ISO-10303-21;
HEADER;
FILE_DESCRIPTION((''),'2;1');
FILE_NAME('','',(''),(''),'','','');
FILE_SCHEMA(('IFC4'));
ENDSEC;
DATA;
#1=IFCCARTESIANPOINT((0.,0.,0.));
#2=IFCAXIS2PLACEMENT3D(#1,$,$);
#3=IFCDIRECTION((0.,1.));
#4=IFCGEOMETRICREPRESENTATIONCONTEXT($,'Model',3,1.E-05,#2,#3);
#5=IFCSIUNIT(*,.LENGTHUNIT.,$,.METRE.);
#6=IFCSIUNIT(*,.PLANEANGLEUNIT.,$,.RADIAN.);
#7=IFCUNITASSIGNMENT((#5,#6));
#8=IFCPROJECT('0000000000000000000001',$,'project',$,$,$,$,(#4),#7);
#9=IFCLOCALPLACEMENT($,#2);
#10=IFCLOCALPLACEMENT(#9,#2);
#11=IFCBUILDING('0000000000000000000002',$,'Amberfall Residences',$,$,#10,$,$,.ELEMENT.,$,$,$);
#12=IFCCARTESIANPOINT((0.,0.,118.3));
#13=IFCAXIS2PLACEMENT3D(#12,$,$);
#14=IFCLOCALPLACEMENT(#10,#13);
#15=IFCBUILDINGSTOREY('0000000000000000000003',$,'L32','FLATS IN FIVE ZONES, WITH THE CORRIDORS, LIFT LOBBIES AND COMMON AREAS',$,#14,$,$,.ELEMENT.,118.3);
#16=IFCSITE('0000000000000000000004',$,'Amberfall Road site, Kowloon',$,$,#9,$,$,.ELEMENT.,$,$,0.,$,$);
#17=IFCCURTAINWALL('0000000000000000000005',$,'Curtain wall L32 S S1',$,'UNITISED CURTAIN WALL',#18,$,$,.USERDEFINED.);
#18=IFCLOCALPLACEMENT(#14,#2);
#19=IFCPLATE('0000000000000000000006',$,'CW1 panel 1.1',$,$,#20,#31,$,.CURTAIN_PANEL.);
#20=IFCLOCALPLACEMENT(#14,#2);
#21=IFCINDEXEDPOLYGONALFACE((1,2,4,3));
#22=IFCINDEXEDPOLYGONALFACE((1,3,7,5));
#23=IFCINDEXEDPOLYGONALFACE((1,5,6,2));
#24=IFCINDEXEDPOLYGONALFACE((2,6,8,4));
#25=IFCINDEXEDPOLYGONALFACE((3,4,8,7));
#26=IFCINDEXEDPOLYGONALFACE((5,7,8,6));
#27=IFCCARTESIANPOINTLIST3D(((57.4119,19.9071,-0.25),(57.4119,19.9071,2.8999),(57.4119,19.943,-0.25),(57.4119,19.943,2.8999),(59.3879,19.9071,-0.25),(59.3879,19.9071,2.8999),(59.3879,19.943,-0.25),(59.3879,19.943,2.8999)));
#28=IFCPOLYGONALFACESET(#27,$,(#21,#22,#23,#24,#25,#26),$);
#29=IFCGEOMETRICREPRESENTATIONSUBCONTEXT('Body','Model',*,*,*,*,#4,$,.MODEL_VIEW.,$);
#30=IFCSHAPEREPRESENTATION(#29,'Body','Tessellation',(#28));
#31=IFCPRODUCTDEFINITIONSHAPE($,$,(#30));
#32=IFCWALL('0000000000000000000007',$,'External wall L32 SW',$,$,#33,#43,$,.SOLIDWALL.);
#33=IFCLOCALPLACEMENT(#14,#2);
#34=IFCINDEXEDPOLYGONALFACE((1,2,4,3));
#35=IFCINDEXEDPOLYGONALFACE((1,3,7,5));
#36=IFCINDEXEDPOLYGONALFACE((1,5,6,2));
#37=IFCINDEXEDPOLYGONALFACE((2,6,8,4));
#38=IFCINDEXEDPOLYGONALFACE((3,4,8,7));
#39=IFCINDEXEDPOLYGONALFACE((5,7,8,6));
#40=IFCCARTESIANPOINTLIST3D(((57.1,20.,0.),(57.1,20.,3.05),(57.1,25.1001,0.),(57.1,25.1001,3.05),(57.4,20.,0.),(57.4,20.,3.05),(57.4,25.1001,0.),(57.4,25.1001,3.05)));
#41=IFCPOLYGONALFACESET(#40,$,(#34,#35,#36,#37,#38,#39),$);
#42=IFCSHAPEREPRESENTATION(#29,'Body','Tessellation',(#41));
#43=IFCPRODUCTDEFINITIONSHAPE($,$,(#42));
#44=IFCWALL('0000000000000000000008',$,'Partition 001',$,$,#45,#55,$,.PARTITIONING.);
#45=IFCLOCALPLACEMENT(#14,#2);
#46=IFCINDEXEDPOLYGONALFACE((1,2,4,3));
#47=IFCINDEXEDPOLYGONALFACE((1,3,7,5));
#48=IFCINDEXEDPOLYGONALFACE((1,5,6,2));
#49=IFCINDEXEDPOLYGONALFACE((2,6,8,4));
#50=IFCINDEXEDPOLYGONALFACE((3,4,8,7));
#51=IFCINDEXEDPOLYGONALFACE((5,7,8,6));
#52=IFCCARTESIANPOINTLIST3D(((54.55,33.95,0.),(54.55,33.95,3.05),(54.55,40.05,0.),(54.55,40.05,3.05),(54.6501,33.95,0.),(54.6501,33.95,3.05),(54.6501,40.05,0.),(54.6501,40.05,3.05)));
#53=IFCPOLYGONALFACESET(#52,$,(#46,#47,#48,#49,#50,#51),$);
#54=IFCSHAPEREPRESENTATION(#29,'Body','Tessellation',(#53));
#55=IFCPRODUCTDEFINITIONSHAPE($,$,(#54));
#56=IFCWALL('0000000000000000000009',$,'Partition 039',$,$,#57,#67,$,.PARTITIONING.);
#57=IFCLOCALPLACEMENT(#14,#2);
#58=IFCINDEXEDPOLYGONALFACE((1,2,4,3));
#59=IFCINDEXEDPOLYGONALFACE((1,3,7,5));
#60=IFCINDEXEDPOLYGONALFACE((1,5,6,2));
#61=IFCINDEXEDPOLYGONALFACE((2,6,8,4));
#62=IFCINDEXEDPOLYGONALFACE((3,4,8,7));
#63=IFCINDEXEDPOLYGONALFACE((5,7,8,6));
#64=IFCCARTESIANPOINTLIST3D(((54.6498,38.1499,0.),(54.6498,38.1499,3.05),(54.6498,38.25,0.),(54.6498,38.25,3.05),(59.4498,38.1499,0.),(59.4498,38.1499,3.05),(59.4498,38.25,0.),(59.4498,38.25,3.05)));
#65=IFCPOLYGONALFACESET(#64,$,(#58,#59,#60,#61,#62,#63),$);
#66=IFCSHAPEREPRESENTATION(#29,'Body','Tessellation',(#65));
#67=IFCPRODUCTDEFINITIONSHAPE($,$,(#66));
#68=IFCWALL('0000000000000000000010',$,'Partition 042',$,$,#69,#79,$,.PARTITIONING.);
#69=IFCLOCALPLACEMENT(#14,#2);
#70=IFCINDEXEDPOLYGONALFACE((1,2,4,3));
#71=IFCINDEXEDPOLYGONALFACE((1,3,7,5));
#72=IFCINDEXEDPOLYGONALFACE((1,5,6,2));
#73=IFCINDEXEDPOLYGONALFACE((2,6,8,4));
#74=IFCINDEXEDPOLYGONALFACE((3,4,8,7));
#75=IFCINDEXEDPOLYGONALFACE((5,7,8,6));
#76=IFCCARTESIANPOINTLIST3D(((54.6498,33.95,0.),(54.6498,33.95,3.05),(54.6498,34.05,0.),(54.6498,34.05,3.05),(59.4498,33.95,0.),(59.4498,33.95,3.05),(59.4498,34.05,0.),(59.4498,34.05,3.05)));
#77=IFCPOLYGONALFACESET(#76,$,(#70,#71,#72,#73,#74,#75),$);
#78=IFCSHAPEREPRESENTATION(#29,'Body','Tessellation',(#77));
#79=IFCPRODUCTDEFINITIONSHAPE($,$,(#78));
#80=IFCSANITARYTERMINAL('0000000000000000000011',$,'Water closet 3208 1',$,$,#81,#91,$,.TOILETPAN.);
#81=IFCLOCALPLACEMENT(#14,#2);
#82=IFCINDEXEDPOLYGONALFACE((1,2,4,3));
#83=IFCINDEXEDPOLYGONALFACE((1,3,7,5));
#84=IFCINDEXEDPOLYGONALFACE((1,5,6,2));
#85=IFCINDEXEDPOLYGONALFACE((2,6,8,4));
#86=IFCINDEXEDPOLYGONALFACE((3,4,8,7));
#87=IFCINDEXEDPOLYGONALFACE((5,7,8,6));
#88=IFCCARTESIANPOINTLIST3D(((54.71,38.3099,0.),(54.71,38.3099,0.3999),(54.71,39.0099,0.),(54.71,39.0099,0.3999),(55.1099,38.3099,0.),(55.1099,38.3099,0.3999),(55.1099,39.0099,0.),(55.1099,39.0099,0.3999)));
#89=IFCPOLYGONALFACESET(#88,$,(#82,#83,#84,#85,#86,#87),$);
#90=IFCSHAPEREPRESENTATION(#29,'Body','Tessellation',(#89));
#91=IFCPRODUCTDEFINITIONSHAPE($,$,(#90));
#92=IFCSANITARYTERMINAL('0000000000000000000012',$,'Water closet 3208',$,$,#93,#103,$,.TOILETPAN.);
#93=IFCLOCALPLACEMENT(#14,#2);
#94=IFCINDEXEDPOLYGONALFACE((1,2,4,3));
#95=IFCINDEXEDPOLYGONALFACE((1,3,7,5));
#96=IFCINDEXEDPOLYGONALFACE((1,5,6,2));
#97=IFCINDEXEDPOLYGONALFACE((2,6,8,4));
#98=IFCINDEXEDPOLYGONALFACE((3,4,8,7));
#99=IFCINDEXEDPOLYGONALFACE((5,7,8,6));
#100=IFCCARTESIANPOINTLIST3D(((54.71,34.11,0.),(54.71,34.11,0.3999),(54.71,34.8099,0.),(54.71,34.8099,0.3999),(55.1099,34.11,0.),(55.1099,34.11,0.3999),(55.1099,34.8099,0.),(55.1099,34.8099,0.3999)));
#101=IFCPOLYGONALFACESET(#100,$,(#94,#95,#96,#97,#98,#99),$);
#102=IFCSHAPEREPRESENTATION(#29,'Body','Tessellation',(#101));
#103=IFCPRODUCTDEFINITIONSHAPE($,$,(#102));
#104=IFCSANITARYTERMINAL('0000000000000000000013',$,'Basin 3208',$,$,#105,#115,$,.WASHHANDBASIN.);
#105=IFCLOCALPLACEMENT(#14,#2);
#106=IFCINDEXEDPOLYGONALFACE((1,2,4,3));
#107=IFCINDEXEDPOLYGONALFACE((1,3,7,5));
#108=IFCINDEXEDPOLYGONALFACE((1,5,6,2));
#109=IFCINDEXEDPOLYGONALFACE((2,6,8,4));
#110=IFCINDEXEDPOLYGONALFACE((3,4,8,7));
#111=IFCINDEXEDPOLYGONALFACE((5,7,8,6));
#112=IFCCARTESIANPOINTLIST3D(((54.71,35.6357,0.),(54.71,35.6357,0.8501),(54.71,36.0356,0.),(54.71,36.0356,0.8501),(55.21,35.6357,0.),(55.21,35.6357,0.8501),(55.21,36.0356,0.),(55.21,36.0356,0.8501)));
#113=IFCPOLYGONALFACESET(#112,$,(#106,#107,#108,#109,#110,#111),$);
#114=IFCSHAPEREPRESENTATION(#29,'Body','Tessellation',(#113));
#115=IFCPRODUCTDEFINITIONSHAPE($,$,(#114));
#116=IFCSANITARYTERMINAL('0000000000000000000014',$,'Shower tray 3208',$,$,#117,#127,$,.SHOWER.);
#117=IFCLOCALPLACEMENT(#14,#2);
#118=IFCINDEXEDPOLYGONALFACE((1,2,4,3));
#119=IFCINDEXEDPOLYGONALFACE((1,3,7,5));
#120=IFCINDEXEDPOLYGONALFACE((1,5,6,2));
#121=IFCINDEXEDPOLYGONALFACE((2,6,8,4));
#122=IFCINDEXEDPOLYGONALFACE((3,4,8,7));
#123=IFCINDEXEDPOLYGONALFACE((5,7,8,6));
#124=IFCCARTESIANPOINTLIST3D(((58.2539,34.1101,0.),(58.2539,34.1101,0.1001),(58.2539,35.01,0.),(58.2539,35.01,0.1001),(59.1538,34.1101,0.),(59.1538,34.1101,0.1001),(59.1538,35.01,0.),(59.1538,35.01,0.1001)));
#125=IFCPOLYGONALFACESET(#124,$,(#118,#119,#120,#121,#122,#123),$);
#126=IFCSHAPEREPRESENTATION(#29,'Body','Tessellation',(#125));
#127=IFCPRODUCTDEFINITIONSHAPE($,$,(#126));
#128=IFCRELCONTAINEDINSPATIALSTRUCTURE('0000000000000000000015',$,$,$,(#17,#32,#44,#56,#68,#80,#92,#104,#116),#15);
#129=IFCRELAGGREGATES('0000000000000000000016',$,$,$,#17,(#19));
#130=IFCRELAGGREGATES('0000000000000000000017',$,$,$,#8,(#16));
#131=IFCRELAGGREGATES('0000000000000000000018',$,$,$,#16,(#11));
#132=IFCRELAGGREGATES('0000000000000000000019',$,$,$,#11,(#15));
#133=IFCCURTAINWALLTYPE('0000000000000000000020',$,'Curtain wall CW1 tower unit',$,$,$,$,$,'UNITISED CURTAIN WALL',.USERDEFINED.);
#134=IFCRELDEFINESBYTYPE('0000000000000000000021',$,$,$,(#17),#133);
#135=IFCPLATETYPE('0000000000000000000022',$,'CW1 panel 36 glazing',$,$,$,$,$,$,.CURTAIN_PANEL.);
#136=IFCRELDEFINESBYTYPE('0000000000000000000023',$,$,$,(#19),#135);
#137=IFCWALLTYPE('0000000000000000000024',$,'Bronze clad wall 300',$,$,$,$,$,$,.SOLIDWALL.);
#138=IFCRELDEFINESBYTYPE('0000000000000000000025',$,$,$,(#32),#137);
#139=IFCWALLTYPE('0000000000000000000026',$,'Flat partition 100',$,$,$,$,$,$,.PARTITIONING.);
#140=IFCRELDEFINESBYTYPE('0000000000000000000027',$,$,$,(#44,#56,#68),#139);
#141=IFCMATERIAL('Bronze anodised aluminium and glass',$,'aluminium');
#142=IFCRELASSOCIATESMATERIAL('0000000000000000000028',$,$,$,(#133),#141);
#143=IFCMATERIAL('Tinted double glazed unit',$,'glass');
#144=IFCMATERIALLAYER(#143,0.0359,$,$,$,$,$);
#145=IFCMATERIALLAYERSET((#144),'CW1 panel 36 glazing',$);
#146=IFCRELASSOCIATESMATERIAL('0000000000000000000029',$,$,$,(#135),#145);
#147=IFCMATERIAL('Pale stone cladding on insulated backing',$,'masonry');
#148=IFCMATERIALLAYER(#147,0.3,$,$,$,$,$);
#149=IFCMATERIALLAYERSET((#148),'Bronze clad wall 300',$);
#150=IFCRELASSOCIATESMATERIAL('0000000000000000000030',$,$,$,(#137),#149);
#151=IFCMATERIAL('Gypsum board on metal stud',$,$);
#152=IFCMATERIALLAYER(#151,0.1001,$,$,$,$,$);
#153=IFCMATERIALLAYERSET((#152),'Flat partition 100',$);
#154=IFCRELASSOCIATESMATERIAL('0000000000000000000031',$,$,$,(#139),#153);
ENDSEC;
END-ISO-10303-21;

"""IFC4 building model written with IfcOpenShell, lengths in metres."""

from ifc_helpers import new_model, si_unit, direction, frame, frame_2d, origin, origin_2d, place, context, subcontext, project, spatial, rectangle, extrude, material, layer, layer_set, type_object, element, aggregate, save


model = new_model("IFC4")

# Units and contexts
model_context = context("Model", 3, precision=1e-05, world=origin(), true_north=direction((0.0, 1.0)))
body_context = subcontext(model_context, "Body", "Model", "MODEL_VIEW")
ifc_project = project(units=[si_unit("LENGTHUNIT", "METRE"), si_unit("PLANEANGLEUNIT", "RADIAN")], contexts=[model_context])

# Site, building, storey
site_placement = place(None, origin())
site = spatial("IfcSite", under=ifc_project, at=site_placement, Name="Amberfall Road site, Kowloon", CompositionType="ELEMENT", RefElevation=0.0)
building_placement = place(site_placement, origin())
building = spatial("IfcBuilding", under=site, at=building_placement, Name="Amberfall Residences", CompositionType="ELEMENT")
storey_placement = place(building_placement, frame((0.0, 0.0, 118.3)))
storey = spatial("IfcBuildingStorey", under=building, at=storey_placement, Name="L32", Description="FLATS IN FIVE ZONES, WITH THE CORRIDORS, LIFT LOBBIES AND COMMON AREAS", CompositionType="ELEMENT", Elevation=118.3)

# Curtain wall
ifc_material_1 = material(Name="Bronze anodised aluminium and glass", Category="aluminium")
curtain_wall_type = type_object("IfcCurtainWallType", Name="Curtain wall CW1 tower unit", ElementType="UNITISED CURTAIN WALL", PredefinedType="USERDEFINED", material=ifc_material_1)
curtain_wall_placement = place(storey_placement, origin())
curtain_wall = element("IfcCurtainWall", 1, at=curtain_wall_placement, inside=storey, type_object=curtain_wall_type, Name="Curtain wall L32 S S1", ObjectType="UNITISED CURTAIN WALL", PredefinedType="USERDEFINED")

# Plate
ifc_material_2 = material(Name="Tinted double glazed unit", Category="glass")
ifc_layer_1 = layer(ifc_material_2, 0.0359)
ifc_layer_set_1 = layer_set([ifc_layer_1], Name="CW1 panel 36 glazing")
plate_type = type_object("IfcPlateType", Name="CW1 panel 36 glazing", PredefinedType="CURTAIN_PANEL", material=ifc_layer_set_1)
plate_placement = place(storey_placement, frame((58.3999, 19.925, -0.25), z_axis=(0.0, 0.0, 1.0), x_axis=(1.0, 0.0, 0.0)))
plate = element("IfcPlate", 2, at=plate_placement, type_object=plate_type, Name="CW1 panel 1.1", PredefinedType="CURTAIN_PANEL", context=body_context, shape_type="SweptSolid", body=[
    extrude(rectangle(XDim=1.9761, YDim=0.0359, at=origin_2d()), origin(), (0.0, 0.0, 1.0), 3.1499),
])
aggregate(curtain_wall, [plate])

# Walls
ifc_material_3 = material(Name="Pale stone cladding on insulated backing", Category="masonry")
ifc_layer_2 = layer(ifc_material_3, 0.3)
ifc_layer_set_2 = layer_set([ifc_layer_2], Name="Bronze clad wall 300")
wall_type_1 = type_object("IfcWallType", Name="Bronze clad wall 300", PredefinedType="SOLIDWALL", material=ifc_layer_set_2)
wall_1_placement = place(storey_placement, frame((57.25, 25.1001, 0.0), z_axis=(0.0, 0.0, 1.0), x_axis=(0.0, -1.0, 0.0)))
element("IfcWall", 3, at=wall_1_placement, inside=storey, type_object=wall_type_1, Name="External wall L32 SW", PredefinedType="SOLIDWALL", context=body_context, shape_type="SweptSolid", body=[
    extrude(rectangle(XDim=5.1001, YDim=0.3, at=frame_2d((2.55, 0.0))), origin(), (0.0, 0.0, 1.0), 3.05),
])
ifc_material_4 = material(Name="Gypsum board on metal stud")
ifc_layer_3 = layer(ifc_material_4, 0.1001)
ifc_layer_set_3 = layer_set([ifc_layer_3], Name="Flat partition 100")
wall_type_2 = type_object("IfcWallType", Name="Flat partition 100", PredefinedType="PARTITIONING", material=ifc_layer_set_3)
wall_2_placement = place(storey_placement, frame((54.6001, 33.95, 0.0), z_axis=(0.0, 0.0, 1.0), x_axis=(0.0, 1.0, 0.0)))
element("IfcWall", 4, at=wall_2_placement, inside=storey, type_object=wall_type_2, Name="Partition 001", PredefinedType="PARTITIONING", context=body_context, shape_type="SweptSolid", body=[
    extrude(rectangle(XDim=6.1001, YDim=0.1001, at=frame_2d((3.05, 0.0))), origin(), (0.0, 0.0, 1.0), 3.05),
])
for number, where, z_axis, x_axis, name in (
    (5, (54.6499, 38.2, 0.0), (0.0, 0.0, 1.0), (1.0, 0.0, 0.0), "Partition 039"),
    (6, (54.6499, 34.0, 0.0), (0.0, 0.0, 1.0), (1.0, 0.0, 0.0), "Partition 042"),
):
    element("IfcWall", number, at=place(storey_placement, frame(where, z_axis=z_axis, x_axis=x_axis)), inside=storey, type_object=wall_type_2, Name=name, PredefinedType="PARTITIONING", context=body_context, shape_type="SweptSolid", body=[
        extrude(rectangle(XDim=4.8, YDim=0.1001, at=frame_2d((2.3999, 0.0))), origin(), (0.0, 0.0, 1.0), 3.05),
    ])

# Sanitary terminals
for number, where, z_axis, x_axis, name in (
    (7, (54.9099, 38.6599, 0.0), (0.0, 0.0, 1.0), (1.0, 0.0, 0.0), "Water closet 3208 1"),
    (8, (54.9099, 34.46, 0.0), (0.0, 0.0, 1.0), (1.0, 0.0, 0.0), "Water closet 3208"),
):
    element("IfcSanitaryTerminal", number, at=place(storey_placement, frame(where, z_axis=z_axis, x_axis=x_axis)), inside=storey, Name=name, PredefinedType="TOILETPAN", context=body_context, shape_type="SweptSolid", body=[
        extrude(rectangle(XDim=0.3999, YDim=0.7, at=origin_2d()), origin(), (0.0, 0.0, 1.0), 0.3999),
    ])
sanitary_terminal_1_placement = place(storey_placement, frame((54.96, 35.8357, 0.0), z_axis=(0.0, 0.0, 1.0), x_axis=(1.0, 0.0, 0.0)))
element("IfcSanitaryTerminal", 9, at=sanitary_terminal_1_placement, inside=storey, Name="Basin 3208", PredefinedType="WASHHANDBASIN", context=body_context, shape_type="SweptSolid", body=[
    extrude(rectangle(XDim=0.5, YDim=0.3999, at=origin_2d()), origin(), (0.0, 0.0, 1.0), 0.8501),
])
sanitary_terminal_2_placement = place(storey_placement, frame((58.7039, 34.5601, 0.0), z_axis=(0.0, 0.0, 1.0), x_axis=(1.0, 0.0, 0.0)))
element("IfcSanitaryTerminal", 10, at=sanitary_terminal_2_placement, inside=storey, Name="Shower tray 3208", PredefinedType="SHOWER", context=body_context, shape_type="SweptSolid", body=[
    extrude(rectangle(XDim=0.8999, YDim=0.8999, at=origin_2d()), origin(), (0.0, 0.0, 1.0), 0.1001),
])

save(model, "model.ifc")
